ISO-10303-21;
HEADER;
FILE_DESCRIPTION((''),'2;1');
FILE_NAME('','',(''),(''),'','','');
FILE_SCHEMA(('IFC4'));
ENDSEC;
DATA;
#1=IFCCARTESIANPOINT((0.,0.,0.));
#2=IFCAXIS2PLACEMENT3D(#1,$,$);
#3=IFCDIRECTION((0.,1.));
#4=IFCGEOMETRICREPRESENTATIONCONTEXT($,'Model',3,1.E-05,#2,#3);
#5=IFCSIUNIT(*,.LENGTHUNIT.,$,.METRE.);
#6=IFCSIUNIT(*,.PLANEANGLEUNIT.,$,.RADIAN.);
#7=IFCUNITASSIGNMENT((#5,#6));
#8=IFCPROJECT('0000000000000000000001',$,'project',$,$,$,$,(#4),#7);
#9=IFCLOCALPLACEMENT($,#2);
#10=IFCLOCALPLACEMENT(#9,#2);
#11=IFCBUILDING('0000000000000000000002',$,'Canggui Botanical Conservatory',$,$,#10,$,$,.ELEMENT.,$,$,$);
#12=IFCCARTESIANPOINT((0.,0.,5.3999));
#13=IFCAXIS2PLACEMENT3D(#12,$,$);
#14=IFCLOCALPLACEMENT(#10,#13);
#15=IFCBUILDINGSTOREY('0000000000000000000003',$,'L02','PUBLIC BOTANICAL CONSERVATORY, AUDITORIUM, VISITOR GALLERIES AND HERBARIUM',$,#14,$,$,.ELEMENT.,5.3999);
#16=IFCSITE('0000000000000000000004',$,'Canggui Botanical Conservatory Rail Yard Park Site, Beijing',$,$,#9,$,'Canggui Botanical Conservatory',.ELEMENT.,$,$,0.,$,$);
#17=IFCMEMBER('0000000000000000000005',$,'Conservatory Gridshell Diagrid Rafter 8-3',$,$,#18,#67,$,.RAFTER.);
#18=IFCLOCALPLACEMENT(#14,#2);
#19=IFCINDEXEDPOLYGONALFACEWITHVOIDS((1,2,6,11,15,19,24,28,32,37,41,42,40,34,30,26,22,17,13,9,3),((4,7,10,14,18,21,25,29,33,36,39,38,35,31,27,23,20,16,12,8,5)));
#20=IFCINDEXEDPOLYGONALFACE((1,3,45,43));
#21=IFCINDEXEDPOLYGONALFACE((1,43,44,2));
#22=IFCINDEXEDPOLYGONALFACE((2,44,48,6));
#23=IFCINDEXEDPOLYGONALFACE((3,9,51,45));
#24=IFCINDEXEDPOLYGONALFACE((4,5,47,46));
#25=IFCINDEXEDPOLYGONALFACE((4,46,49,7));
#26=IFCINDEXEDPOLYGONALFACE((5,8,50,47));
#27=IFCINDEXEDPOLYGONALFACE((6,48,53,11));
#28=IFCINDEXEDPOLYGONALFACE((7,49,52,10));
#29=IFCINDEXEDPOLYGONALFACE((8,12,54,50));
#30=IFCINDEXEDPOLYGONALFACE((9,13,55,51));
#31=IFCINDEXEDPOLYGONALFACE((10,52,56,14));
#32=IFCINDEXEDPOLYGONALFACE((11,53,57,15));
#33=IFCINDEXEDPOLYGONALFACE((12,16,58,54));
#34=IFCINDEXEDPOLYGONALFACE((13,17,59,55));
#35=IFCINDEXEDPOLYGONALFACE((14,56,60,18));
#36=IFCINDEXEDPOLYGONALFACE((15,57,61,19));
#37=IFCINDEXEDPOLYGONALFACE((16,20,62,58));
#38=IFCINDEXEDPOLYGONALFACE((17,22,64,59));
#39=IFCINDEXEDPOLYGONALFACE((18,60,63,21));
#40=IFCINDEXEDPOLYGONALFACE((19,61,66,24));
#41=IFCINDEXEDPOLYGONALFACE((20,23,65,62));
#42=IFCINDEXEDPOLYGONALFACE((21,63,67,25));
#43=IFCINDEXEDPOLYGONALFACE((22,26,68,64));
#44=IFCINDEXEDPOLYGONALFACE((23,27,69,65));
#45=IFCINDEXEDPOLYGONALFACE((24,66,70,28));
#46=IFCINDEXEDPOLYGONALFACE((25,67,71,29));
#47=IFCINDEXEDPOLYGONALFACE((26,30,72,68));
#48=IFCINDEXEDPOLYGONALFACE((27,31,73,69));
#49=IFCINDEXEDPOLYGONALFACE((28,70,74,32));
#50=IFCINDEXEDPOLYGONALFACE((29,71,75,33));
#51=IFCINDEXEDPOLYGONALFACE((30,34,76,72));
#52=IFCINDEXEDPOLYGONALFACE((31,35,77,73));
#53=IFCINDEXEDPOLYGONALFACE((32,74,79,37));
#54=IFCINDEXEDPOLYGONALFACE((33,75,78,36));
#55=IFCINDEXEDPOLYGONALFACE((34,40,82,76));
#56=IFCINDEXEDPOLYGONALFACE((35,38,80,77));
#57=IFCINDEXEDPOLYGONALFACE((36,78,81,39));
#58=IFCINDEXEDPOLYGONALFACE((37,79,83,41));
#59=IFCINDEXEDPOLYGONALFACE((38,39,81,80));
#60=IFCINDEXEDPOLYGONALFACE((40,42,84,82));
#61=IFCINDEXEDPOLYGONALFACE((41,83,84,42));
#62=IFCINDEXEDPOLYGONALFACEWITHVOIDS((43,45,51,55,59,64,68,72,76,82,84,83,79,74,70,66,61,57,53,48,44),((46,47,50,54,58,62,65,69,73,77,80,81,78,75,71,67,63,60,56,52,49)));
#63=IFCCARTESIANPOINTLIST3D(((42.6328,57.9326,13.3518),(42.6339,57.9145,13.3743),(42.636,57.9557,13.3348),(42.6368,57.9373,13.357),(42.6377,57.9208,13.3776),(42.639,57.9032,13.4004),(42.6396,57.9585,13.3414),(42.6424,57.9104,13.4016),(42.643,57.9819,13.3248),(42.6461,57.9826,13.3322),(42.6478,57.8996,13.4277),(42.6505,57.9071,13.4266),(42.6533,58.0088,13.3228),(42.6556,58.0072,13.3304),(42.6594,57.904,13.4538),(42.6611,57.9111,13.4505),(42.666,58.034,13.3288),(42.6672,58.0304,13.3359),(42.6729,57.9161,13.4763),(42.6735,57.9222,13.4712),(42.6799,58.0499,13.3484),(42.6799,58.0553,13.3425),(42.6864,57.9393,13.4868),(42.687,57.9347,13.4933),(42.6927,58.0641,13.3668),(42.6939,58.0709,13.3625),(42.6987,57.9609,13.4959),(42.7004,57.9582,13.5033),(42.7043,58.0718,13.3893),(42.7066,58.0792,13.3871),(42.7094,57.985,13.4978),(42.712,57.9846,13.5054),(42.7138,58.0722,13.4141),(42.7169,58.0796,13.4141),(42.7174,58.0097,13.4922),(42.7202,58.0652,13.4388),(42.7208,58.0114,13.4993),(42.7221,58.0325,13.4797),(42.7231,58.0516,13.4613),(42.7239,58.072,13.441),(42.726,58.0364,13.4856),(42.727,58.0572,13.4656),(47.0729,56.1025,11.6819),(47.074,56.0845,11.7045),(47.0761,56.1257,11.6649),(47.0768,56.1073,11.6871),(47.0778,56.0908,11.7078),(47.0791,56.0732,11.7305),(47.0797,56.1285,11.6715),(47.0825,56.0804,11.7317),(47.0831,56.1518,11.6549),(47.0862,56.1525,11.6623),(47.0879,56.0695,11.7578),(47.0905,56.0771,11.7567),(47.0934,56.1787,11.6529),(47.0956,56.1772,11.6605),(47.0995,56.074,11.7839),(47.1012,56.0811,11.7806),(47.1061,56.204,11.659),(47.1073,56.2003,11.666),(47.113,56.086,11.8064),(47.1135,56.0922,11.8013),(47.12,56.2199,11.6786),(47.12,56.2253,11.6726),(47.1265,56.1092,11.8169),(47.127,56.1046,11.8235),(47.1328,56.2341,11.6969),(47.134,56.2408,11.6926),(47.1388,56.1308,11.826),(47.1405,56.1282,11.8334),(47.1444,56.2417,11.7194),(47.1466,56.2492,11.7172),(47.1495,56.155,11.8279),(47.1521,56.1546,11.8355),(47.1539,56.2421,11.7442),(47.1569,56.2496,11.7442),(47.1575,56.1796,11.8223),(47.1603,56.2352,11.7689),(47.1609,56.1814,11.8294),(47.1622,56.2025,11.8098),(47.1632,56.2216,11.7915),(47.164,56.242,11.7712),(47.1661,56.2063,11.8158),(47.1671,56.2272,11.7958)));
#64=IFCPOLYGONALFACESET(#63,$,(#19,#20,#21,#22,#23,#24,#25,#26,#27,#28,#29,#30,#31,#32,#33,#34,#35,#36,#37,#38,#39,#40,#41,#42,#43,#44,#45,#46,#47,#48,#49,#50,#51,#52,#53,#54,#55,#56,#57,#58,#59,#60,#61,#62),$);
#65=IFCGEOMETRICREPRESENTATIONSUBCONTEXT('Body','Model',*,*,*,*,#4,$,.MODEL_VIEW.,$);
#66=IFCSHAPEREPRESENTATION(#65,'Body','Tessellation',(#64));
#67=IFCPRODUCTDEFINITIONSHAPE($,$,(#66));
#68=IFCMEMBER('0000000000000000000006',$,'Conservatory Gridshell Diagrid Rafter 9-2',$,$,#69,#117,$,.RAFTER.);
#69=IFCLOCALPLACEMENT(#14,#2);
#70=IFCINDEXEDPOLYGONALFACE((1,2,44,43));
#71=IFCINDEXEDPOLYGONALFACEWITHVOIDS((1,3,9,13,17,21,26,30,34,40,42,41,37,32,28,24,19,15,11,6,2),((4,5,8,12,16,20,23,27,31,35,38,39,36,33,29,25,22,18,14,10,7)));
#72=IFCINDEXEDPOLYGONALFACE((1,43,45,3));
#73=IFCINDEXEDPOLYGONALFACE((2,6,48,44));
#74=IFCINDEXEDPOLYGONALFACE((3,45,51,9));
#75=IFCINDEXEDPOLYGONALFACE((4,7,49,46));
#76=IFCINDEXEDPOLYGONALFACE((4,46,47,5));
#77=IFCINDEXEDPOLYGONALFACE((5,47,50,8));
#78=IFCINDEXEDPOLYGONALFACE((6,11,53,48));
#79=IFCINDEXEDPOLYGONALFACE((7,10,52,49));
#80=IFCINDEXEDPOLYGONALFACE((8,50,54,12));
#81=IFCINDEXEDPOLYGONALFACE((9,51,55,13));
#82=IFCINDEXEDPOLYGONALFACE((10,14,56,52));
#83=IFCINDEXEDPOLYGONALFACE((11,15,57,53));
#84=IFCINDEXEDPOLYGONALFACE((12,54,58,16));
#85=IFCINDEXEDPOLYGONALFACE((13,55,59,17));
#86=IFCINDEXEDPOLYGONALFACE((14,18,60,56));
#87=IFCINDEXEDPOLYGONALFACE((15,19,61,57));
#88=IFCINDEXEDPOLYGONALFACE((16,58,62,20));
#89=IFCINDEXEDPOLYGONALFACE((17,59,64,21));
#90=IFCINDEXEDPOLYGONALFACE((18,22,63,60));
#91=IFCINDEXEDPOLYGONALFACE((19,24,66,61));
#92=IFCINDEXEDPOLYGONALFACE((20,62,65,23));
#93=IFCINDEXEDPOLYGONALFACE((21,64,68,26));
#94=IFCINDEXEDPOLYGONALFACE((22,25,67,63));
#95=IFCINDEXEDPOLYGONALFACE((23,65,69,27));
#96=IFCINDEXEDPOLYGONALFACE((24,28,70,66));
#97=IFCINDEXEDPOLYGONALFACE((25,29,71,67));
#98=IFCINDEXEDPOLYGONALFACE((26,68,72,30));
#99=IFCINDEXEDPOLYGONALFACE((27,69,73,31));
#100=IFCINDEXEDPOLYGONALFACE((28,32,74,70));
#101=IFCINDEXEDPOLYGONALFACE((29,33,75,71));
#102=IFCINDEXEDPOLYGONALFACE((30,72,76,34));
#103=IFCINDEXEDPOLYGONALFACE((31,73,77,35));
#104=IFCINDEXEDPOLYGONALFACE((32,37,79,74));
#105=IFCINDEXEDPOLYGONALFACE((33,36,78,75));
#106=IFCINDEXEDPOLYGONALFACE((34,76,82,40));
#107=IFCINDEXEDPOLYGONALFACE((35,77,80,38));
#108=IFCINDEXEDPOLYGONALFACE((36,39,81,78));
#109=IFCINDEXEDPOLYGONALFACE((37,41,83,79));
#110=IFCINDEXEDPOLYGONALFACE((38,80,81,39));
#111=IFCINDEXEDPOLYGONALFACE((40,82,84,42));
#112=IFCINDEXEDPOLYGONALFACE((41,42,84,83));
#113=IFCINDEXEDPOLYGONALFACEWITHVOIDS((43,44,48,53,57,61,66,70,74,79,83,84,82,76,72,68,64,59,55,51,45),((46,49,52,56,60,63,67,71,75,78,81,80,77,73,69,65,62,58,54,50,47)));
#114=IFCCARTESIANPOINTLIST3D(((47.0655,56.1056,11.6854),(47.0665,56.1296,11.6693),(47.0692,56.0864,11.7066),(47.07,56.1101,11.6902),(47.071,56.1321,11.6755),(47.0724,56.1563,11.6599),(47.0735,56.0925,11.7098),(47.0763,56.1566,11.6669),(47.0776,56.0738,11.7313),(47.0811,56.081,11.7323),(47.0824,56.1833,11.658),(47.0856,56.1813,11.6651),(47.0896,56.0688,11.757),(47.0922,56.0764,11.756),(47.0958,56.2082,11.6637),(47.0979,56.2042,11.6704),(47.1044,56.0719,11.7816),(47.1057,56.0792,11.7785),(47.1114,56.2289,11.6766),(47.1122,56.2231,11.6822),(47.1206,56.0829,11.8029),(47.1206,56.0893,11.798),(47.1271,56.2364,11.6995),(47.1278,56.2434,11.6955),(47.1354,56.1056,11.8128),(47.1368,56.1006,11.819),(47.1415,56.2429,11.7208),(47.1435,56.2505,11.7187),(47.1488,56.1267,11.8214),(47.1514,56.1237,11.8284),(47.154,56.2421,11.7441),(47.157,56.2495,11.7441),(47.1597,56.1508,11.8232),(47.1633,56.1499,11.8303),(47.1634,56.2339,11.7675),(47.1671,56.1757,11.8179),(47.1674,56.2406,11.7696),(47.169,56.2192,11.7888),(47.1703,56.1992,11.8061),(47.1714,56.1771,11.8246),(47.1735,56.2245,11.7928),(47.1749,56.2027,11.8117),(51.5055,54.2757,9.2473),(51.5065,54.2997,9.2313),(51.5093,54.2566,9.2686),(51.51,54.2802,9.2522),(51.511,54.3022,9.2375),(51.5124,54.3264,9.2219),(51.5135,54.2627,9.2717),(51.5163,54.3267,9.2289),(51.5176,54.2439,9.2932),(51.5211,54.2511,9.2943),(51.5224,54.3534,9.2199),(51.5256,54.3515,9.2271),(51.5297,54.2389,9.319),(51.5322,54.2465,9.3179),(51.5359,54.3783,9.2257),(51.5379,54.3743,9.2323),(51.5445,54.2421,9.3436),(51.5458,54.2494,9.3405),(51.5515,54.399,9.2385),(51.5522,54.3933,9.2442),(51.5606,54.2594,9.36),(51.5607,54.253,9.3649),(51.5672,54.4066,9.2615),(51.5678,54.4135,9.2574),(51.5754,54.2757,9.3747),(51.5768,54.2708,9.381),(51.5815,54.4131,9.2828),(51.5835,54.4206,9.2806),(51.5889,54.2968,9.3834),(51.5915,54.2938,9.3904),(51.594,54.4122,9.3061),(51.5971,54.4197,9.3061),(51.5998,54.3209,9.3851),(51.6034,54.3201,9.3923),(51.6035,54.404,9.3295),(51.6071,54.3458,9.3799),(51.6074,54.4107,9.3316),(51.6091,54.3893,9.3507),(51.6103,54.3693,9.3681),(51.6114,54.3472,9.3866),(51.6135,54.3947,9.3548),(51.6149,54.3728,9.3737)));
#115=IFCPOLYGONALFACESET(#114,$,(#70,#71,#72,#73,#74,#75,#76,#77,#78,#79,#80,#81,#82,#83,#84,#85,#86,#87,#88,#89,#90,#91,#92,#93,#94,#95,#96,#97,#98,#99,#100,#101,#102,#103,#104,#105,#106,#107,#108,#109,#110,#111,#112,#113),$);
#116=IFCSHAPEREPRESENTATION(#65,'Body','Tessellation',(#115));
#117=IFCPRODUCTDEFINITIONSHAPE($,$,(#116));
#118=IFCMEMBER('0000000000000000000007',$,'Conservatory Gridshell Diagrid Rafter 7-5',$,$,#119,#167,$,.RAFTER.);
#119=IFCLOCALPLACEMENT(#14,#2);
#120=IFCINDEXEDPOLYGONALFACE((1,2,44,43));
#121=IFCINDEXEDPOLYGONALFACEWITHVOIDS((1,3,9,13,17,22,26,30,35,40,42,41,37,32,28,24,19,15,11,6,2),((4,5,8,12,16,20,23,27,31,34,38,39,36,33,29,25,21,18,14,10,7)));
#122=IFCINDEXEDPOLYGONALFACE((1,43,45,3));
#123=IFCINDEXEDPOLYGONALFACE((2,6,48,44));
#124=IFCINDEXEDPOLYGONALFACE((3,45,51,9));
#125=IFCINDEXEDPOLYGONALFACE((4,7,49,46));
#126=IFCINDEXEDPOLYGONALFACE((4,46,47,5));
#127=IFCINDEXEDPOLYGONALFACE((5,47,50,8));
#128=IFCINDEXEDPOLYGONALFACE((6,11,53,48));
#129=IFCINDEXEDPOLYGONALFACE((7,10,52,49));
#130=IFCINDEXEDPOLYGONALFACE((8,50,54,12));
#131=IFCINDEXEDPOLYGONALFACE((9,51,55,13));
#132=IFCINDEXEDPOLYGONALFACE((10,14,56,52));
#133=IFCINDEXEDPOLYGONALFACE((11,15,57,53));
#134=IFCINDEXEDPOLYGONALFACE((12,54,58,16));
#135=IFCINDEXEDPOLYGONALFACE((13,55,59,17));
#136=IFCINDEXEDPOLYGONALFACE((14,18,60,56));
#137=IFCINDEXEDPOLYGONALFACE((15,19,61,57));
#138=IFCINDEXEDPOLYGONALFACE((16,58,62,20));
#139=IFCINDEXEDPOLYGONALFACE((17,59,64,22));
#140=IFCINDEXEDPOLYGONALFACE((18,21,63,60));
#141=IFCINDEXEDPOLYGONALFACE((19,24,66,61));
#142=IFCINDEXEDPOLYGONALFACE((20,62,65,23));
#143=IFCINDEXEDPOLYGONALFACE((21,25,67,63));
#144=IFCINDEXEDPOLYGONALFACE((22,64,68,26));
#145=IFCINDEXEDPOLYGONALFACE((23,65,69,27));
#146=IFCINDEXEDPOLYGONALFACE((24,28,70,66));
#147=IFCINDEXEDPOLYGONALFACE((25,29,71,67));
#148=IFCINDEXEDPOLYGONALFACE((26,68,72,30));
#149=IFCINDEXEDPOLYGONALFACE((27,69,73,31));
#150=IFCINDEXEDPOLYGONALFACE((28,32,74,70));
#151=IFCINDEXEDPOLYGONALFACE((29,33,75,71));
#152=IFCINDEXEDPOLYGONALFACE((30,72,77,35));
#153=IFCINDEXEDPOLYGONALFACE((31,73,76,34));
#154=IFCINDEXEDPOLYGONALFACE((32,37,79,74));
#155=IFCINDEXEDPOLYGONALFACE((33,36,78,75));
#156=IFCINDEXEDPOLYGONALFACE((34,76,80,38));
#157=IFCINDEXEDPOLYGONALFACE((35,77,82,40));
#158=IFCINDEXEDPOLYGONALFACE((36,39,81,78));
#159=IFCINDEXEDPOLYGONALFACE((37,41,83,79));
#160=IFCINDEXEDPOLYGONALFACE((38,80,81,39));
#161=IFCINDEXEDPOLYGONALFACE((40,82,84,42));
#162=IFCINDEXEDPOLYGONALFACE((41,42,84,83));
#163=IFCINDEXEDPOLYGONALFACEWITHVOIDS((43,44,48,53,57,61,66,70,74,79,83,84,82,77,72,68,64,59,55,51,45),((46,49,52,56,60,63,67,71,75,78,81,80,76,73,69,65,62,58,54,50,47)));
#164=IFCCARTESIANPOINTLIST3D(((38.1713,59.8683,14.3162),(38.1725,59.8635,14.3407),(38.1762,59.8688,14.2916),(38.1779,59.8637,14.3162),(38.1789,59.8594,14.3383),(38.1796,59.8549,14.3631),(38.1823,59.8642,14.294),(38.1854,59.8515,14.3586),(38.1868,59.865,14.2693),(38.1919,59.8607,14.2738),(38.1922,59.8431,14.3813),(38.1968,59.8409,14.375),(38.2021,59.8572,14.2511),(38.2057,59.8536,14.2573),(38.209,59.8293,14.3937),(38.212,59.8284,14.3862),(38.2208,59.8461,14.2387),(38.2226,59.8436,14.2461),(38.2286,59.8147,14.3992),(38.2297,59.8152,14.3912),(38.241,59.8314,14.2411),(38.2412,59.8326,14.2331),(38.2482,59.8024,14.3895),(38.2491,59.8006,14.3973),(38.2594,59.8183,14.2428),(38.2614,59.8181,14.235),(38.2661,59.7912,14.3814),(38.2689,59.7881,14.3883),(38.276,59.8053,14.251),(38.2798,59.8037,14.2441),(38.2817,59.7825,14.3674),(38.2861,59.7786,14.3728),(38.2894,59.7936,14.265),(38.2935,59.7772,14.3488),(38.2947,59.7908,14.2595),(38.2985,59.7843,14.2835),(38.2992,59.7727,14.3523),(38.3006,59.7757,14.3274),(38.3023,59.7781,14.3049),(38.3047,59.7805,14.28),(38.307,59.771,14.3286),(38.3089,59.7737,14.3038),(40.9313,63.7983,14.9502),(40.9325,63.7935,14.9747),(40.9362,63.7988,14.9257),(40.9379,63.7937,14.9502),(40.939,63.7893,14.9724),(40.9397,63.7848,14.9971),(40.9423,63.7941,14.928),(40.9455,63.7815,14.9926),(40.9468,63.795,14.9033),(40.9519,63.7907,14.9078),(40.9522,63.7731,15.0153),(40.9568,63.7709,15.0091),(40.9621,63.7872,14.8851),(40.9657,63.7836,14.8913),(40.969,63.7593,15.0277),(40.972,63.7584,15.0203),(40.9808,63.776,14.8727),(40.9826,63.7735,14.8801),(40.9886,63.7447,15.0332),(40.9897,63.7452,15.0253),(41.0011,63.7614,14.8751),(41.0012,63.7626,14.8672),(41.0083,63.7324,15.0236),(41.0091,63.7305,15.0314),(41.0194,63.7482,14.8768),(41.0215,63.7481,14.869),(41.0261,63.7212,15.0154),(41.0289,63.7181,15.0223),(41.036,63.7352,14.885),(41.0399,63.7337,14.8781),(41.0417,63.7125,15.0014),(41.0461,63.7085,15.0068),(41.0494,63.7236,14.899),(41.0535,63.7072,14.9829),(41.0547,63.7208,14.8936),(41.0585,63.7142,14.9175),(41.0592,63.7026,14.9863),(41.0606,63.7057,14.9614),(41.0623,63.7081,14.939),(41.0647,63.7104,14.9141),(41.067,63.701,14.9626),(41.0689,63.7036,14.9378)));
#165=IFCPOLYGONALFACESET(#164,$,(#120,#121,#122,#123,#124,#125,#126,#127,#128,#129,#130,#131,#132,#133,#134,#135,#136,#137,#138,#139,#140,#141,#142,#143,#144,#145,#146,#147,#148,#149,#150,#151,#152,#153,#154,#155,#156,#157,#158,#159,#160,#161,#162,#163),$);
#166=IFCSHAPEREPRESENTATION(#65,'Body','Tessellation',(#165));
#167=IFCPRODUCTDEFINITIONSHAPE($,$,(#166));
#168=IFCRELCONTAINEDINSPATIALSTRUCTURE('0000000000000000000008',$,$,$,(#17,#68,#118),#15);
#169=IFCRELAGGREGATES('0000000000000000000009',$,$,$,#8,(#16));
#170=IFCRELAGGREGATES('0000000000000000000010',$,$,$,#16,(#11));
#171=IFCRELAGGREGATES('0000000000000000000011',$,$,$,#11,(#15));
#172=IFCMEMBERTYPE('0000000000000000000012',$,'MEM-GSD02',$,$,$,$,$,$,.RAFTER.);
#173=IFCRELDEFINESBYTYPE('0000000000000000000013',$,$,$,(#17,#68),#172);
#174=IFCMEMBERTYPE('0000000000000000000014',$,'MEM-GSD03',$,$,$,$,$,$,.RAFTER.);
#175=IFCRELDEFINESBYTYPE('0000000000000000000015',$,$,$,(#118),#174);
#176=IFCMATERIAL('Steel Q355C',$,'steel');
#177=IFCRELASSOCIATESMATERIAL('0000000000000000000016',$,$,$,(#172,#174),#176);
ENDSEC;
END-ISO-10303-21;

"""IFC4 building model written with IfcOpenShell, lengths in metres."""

from ifc_helpers import new_model, si_unit, direction, frame, origin, origin_2d, place, context, subcontext, project, spatial, hollow_circle, extrude, material, material_profile, profile_set, type_object, element, save


model = new_model("IFC4")

# Units and contexts
model_context = context("Model", 3, precision=1e-05, world=origin(), true_north=direction((0.0, 1.0)))
body_context = subcontext(model_context, "Body", "Model", "MODEL_VIEW")
ifc_project = project(units=[si_unit("LENGTHUNIT", "METRE"), si_unit("PLANEANGLEUNIT", "RADIAN")], contexts=[model_context])

# Site, building, storey
site_placement = place(None, origin())
site = spatial("IfcSite", under=ifc_project, at=site_placement, Name="Canggui Botanical Conservatory Rail Yard Park Site, Beijing", LongName="Canggui Botanical Conservatory", CompositionType="ELEMENT", RefElevation=0.0)
building_placement = place(site_placement, origin())
building = spatial("IfcBuilding", under=site, at=building_placement, Name="Canggui Botanical Conservatory", CompositionType="ELEMENT")
storey_placement = place(building_placement, frame((0.0, 0.0, 5.3999)))
storey = spatial("IfcBuildingStorey", under=building, at=storey_placement, Name="L02", Description="PUBLIC BOTANICAL CONSERVATORY, AUDITORIUM, VISITOR GALLERIES AND HERBARIUM", CompositionType="ELEMENT", Elevation=5.3999)

# Shared definitions
ifc_material_1 = material(Name="Steel Q355C", Category="steel")

# Members
ifc_material_profile_1 = material_profile(ifc_material_1, hollow_circle(Radius=0.0969, WallThickness=0.0081, at=origin_2d()), Name="CHS 194x8")
ifc_profile_set_1 = profile_set([ifc_material_profile_1], Name="Steel Q355C")
member_type_1 = type_object("IfcMemberType", Name="MEM-GSD02", PredefinedType="RAFTER", material=ifc_profile_set_1)
member_1_placement = place(storey_placement, frame((42.6799, 57.99, 13.4141), z_axis=(0.873263, -0.359926, -0.328428), x_axis=(0.381064, 0.924549, 0.0)))
element("IfcMember", 1, at=member_1_placement, inside=storey, type_object=member_type_1, Name="Conservatory Gridshell Diagrid Rafter 8-3", PredefinedType="RAFTER", context=body_context, shape_type="SweptSolid", body=[
    extrude(hollow_circle(Radius=0.0969, WallThickness=0.0081, at=origin_2d()), origin(), (0.0, 0.0, 1.0), 5.0845),
])
member_2_placement = place(storey_placement, frame((47.1201, 56.1599, 11.7441), z_axis=(0.824403, -0.339761, -0.452683), x_axis=(0.381039, 0.924559, 0.0)))
element("IfcMember", 2, at=member_2_placement, inside=storey, type_object=member_type_1, Name="Conservatory Gridshell Diagrid Rafter 9-2", PredefinedType="RAFTER", context=body_context, shape_type="SweptSolid", body=[
    extrude(hollow_circle(Radius=0.0969, WallThickness=0.0081, at=origin_2d()), origin(), (0.0, 0.0, 1.0), 5.3857),
])
ifc_material_profile_2 = material_profile(ifc_material_1, hollow_circle(Radius=0.084, WallThickness=0.0081, at=origin_2d()), Name="CHS 168x8")
ifc_profile_set_2 = profile_set([ifc_material_profile_2], Name="Steel Q355C")
member_type_2 = type_object("IfcMemberType", Name="MEM-GSD03", PredefinedType="RAFTER", material=ifc_profile_set_2)
member_3_placement = place(storey_placement, frame((38.24, 59.8201, 14.3162), z_axis=(0.569783, 0.811304, 0.130891), x_axis=(-0.818345, 0.574728, 0.0)))
element("IfcMember", 3, at=member_3_placement, inside=storey, type_object=member_type_2, Name="Conservatory Gridshell Diagrid Rafter 7-5", PredefinedType="RAFTER", context=body_context, shape_type="SweptSolid", body=[
    extrude(hollow_circle(Radius=0.084, WallThickness=0.0081, at=origin_2d()), origin(), (0.0, 0.0, 1.0), 4.844),
])

save(model, "model.ifc")
